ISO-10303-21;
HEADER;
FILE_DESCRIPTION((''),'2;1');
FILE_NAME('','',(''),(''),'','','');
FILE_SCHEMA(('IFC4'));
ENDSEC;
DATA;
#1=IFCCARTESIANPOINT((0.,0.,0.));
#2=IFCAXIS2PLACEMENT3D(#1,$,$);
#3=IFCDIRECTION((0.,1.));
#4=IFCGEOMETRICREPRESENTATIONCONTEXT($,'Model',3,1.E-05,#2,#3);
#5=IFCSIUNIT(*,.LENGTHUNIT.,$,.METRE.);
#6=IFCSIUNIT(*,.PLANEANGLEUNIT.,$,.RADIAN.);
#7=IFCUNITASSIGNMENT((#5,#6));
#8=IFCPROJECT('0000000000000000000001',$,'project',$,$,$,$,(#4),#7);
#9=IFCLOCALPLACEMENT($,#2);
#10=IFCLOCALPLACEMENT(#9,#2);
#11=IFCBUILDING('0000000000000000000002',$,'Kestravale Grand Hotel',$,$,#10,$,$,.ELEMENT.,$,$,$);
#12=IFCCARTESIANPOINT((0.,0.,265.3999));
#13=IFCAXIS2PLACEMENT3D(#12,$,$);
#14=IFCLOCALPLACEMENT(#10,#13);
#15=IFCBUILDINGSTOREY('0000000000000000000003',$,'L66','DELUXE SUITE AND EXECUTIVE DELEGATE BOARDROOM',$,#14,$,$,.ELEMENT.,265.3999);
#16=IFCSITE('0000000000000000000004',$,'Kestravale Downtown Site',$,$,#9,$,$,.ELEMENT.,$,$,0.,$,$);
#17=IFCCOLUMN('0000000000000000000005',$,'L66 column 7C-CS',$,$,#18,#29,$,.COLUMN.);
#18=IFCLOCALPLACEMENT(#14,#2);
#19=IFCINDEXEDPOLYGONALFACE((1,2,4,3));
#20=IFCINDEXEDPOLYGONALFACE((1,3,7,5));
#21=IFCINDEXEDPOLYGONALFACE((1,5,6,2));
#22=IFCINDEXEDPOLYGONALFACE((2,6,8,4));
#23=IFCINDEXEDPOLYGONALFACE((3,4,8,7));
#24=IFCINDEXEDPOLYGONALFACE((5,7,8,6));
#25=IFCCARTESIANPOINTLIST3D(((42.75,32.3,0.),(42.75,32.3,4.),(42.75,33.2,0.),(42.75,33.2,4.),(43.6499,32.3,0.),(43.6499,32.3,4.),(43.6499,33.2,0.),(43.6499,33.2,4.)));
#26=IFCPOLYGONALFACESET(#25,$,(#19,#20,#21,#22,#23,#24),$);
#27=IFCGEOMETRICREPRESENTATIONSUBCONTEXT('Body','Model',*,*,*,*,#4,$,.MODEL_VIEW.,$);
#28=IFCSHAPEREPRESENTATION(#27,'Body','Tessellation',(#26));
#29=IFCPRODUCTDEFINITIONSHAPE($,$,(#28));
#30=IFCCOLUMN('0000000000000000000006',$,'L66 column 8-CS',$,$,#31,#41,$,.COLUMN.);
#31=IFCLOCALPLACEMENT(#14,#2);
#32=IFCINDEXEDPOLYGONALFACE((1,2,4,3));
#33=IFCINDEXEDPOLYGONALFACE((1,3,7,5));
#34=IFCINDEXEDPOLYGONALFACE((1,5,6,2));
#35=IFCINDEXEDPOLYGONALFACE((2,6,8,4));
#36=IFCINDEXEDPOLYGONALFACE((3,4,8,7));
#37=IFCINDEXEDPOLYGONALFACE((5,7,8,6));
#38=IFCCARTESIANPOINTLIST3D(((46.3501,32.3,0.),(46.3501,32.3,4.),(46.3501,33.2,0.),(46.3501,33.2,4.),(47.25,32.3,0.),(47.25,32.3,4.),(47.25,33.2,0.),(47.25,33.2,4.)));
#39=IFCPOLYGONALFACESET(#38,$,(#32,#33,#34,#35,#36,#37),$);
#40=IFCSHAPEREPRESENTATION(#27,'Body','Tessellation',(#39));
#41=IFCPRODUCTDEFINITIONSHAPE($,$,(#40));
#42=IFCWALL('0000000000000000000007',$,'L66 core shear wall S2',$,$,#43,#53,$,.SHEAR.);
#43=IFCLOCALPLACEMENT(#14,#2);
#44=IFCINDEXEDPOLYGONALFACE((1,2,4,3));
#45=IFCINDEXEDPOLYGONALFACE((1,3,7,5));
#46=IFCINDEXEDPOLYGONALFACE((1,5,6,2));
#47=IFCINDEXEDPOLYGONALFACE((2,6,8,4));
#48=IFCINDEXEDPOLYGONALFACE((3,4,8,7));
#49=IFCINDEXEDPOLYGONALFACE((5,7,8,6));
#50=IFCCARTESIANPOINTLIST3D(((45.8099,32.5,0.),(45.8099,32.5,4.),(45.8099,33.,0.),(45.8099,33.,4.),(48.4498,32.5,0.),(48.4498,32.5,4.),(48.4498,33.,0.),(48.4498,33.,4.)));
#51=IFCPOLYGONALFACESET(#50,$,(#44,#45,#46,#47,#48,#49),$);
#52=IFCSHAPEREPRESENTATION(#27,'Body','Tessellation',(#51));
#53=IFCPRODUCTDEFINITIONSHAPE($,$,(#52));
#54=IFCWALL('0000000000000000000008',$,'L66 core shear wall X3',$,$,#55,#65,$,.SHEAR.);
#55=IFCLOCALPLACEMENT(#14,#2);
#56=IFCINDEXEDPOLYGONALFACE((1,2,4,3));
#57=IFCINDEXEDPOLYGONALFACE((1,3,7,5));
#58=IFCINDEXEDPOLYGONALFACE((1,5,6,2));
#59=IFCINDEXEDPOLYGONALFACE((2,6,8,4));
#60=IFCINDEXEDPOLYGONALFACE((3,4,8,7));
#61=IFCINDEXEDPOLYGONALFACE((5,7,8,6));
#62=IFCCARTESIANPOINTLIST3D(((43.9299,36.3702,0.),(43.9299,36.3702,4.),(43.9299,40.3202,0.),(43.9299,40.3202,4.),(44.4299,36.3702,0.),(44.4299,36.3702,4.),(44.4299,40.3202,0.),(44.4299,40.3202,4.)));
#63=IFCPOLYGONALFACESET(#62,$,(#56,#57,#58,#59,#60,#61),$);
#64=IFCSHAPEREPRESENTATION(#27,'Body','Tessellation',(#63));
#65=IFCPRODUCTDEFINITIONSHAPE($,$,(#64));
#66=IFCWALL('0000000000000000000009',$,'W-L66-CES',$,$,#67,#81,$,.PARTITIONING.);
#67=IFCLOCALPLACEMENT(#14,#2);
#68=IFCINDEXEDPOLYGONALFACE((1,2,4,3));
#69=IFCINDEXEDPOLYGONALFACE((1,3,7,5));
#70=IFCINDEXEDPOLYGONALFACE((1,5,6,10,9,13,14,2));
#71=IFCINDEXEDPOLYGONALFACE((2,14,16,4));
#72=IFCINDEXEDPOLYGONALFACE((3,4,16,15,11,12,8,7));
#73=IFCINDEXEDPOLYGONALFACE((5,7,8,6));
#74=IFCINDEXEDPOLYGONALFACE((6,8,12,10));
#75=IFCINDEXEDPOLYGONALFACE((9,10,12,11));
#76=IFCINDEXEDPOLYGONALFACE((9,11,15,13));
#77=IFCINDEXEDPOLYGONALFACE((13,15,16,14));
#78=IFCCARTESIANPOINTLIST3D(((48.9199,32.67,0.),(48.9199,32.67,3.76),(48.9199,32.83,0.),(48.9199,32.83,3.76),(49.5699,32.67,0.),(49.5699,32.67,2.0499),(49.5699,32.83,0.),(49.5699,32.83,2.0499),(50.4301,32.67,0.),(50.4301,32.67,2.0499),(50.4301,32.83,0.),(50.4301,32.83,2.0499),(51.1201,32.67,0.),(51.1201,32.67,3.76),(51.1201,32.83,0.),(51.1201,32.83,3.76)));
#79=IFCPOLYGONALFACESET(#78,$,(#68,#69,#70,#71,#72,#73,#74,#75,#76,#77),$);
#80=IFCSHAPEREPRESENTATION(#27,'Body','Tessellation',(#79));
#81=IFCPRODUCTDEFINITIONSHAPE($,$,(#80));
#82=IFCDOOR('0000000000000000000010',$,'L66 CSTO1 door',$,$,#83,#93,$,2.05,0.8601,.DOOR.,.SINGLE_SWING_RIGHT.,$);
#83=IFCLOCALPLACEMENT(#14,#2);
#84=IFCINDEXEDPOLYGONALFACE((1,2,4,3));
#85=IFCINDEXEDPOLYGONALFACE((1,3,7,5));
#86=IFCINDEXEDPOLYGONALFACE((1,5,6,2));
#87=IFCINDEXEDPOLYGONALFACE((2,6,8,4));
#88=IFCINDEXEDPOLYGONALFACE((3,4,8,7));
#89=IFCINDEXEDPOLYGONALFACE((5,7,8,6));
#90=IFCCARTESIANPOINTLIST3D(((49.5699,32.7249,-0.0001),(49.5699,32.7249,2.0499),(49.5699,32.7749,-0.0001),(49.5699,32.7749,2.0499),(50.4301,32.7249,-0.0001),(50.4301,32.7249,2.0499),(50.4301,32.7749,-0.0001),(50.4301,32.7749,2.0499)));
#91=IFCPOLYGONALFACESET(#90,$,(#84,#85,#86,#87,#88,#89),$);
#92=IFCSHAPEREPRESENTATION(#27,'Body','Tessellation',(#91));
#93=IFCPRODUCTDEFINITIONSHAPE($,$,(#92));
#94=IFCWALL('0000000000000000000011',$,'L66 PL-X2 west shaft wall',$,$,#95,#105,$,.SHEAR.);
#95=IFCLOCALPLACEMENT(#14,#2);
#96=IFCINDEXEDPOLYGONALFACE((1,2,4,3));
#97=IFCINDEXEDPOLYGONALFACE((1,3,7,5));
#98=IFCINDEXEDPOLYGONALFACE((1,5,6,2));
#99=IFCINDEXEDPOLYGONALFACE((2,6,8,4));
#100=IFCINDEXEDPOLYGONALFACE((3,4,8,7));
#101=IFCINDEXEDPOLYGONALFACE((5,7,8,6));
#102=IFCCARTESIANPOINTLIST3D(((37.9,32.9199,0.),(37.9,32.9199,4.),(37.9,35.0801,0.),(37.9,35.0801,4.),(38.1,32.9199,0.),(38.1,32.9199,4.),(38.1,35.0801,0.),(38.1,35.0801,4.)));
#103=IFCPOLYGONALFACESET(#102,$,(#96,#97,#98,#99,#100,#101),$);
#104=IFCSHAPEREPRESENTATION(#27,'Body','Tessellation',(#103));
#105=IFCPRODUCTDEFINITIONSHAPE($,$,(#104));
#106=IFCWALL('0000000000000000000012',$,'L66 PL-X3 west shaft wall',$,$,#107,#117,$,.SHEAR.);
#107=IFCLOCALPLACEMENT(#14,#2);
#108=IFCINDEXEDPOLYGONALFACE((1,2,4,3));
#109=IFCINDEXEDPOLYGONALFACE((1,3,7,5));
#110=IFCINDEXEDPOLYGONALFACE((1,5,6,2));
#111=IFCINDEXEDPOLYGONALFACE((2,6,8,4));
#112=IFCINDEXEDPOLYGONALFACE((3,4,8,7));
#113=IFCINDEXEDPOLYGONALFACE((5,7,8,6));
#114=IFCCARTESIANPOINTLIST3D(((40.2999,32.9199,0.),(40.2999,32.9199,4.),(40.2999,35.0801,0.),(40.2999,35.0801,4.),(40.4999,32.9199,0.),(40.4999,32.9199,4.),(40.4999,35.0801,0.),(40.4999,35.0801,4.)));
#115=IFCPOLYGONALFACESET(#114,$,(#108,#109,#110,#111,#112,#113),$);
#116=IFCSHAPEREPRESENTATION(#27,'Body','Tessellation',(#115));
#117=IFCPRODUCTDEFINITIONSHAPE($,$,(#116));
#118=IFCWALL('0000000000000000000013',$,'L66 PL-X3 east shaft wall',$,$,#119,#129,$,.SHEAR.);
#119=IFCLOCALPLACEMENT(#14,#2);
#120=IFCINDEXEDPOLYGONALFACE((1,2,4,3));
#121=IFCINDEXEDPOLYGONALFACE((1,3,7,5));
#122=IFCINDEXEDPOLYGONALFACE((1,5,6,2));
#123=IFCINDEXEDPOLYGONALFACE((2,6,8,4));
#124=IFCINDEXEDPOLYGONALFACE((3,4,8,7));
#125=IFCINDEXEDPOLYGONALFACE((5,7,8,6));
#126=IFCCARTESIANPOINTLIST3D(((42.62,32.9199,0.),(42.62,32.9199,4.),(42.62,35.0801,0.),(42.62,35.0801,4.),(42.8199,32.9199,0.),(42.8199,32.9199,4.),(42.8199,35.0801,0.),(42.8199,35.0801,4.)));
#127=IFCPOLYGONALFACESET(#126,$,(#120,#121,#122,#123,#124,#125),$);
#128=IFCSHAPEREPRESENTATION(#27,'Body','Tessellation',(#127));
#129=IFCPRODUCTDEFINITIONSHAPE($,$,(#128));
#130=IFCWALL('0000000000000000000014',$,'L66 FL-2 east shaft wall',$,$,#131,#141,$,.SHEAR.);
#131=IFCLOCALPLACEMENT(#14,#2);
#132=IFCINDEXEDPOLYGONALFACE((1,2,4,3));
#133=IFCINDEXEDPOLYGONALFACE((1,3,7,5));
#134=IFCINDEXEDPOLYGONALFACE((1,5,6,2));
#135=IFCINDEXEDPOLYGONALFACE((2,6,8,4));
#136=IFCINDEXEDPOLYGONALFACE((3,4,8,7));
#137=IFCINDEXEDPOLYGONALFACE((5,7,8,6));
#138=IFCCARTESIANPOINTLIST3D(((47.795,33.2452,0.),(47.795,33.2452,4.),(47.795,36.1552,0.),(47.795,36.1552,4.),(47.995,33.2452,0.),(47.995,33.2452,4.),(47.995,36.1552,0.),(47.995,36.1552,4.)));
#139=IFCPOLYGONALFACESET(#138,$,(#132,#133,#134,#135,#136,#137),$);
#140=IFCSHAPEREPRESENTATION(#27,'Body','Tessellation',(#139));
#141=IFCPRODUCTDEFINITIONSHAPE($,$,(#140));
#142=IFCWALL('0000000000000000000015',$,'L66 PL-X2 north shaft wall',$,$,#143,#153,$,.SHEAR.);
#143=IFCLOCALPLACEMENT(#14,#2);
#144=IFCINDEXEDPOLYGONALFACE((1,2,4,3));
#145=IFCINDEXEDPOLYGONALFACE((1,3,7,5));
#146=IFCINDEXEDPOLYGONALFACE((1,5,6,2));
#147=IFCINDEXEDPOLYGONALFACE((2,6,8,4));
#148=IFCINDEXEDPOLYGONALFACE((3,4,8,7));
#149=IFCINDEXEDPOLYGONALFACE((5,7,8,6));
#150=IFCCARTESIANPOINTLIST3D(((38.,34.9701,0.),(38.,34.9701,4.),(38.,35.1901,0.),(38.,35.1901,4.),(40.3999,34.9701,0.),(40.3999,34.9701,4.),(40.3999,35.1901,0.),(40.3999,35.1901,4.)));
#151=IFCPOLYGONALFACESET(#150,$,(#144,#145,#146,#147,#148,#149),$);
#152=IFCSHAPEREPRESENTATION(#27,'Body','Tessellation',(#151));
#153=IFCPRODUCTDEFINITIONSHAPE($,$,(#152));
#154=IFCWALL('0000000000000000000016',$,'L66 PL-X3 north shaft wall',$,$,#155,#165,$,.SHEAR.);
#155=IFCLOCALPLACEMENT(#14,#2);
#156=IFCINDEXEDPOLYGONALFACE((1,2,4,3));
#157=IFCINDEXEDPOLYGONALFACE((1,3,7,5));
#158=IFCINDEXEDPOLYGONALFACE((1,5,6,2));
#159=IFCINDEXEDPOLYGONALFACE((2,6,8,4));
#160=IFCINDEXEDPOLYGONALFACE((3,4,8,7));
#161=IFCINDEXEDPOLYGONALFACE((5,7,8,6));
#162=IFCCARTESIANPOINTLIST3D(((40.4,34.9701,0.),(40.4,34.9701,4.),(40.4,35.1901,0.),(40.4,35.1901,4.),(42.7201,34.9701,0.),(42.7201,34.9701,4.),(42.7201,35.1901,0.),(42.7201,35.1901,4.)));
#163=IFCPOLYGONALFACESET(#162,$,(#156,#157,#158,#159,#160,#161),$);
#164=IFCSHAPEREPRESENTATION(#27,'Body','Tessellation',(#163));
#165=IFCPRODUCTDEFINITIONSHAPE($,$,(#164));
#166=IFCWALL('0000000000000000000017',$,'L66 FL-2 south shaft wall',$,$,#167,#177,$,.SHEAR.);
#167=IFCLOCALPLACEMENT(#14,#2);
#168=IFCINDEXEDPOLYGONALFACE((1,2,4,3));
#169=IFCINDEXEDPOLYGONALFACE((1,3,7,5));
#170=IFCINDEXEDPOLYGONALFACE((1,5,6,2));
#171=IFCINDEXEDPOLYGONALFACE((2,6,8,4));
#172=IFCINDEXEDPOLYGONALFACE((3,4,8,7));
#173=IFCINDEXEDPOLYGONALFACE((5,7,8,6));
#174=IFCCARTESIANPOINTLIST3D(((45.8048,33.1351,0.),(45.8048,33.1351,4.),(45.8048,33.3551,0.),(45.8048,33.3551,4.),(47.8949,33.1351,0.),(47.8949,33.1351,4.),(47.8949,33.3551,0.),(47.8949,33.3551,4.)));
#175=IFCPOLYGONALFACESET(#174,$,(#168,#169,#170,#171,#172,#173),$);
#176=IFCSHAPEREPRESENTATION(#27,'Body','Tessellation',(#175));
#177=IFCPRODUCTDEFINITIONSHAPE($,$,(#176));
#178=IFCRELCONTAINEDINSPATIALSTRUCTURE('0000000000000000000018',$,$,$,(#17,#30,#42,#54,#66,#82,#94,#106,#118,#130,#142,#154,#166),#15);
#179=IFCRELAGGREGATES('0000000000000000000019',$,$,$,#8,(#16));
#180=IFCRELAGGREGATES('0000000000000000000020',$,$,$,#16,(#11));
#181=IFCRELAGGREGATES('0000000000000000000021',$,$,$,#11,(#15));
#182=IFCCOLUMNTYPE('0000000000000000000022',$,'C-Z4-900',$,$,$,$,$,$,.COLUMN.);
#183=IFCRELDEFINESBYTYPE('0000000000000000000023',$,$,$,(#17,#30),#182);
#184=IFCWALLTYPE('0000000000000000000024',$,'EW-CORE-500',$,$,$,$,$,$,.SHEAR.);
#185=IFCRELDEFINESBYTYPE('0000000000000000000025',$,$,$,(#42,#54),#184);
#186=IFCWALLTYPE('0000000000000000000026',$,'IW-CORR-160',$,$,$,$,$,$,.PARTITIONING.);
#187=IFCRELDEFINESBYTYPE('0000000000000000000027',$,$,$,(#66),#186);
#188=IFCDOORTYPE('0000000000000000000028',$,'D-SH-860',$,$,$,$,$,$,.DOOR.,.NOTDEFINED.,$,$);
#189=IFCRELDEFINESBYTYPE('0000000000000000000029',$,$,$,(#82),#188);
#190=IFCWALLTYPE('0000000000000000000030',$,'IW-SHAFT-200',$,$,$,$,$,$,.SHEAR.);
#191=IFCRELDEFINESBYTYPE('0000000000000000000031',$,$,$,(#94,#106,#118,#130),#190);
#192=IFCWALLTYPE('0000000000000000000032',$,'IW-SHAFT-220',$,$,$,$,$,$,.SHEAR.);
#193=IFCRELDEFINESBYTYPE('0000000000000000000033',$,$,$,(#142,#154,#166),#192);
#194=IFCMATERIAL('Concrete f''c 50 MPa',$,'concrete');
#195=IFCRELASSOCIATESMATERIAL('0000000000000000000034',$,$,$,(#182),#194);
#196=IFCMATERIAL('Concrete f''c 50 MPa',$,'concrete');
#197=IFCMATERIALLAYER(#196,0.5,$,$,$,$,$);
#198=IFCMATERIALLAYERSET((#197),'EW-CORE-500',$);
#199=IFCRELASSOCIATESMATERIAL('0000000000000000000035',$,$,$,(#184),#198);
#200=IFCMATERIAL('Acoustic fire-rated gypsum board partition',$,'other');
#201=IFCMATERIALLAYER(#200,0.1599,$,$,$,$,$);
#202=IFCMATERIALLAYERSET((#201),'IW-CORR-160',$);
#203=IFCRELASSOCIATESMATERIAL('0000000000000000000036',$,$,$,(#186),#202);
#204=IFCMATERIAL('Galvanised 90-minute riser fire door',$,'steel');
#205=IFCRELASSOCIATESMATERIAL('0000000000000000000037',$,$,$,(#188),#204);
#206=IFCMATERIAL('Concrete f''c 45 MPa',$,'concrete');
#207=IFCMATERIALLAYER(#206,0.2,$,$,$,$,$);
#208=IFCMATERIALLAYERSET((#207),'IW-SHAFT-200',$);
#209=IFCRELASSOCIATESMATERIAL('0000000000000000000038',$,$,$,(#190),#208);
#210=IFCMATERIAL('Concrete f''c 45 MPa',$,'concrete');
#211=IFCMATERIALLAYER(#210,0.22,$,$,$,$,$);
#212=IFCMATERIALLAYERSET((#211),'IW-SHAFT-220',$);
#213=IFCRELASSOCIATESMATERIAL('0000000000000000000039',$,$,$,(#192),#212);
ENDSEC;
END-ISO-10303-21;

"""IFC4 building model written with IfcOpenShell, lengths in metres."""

from ifc_helpers import new_model, si_unit, direction, frame, frame_2d, origin, origin_2d, place, context, subcontext, project, spatial, rectangle, extrude, material, layer, layer_set, material_profile, profile_set, type_object, element, fill, save


model = new_model("IFC4")

# Units and contexts
model_context = context("Model", 3, precision=1e-05, world=origin(), true_north=direction((0.0, 1.0)))
body_context = subcontext(model_context, "Body", "Model", "MODEL_VIEW")
ifc_project = project(units=[si_unit("LENGTHUNIT", "METRE"), si_unit("PLANEANGLEUNIT", "RADIAN")], contexts=[model_context])

# Site, building, storey
site_placement = place(None, origin())
site = spatial("IfcSite", under=ifc_project, at=site_placement, Name="Kestravale Downtown Site", CompositionType="ELEMENT", RefElevation=0.0)
building_placement = place(site_placement, origin())
building = spatial("IfcBuilding", under=site, at=building_placement, Name="Kestravale Grand Hotel", CompositionType="ELEMENT")
storey_placement = place(building_placement, frame((0.0, 0.0, 265.3999)))
storey = spatial("IfcBuildingStorey", under=building, at=storey_placement, Name="L66", Description="DELUXE SUITE AND EXECUTIVE DELEGATE BOARDROOM", CompositionType="ELEMENT", Elevation=265.3999)

# Columns
ifc_material_1 = material(Name="Concrete f'c 50 MPa", Category="concrete")
ifc_material_profile = material_profile(ifc_material_1, rectangle(XDim=0.8999, YDim=0.8999, at=origin_2d()))
ifc_profile_set = profile_set([ifc_material_profile], Name="Concrete f'c 50 MPa")
column_type = type_object("IfcColumnType", Name="C-Z4-900", PredefinedType="COLUMN", material=ifc_profile_set)
for number, where, z_axis, x_axis, name in (
    (1, (43.2, 32.75, 0.0), (0.0, 0.0, 1.0), (1.0, 0.0, 0.0), "L66 column 7C-CS"),
    (2, (46.8, 32.75, 0.0), (0.0, 0.0, 1.0), (1.0, 0.0, 0.0), "L66 column 8-CS"),
):
    element("IfcColumn", number, at=place(storey_placement, frame(where, z_axis=z_axis, x_axis=x_axis)), inside=storey, type_object=column_type, Name=name, PredefinedType="COLUMN", context=body_context, shape_type="SweptSolid", body=[
        extrude(rectangle(XDim=0.8999, YDim=0.8999, at=origin_2d()), origin(), (0.0, 0.0, 1.0), 4.0),
    ])

# Walls
ifc_material_2 = material(Name="Concrete f'c 50 MPa", Category="concrete")
ifc_layer_1 = layer(ifc_material_2, 0.5)
ifc_layer_set_1 = layer_set([ifc_layer_1], Name="EW-CORE-500")
wall_type_1 = type_object("IfcWallType", Name="EW-CORE-500", PredefinedType="SHEAR", material=ifc_layer_set_1)
wall_1_placement = place(storey_placement, frame((45.8101, 32.75, 0.0), z_axis=(0.0, 0.0, 1.0), x_axis=(1.0, 0.0, 0.0)))
element("IfcWall", 3, at=wall_1_placement, inside=storey, type_object=wall_type_1, Name="L66 core shear wall S2", PredefinedType="SHEAR", context=body_context, shape_type="SweptSolid", body=[
    extrude(rectangle(XDim=2.6399, YDim=0.5, at=frame_2d((1.3198, 0.0))), origin(), (0.0, 0.0, 1.0), 4.0),
])
wall_2_placement = place(storey_placement, frame((44.1799, 36.3701, 0.0), z_axis=(0.0, 0.0, 1.0), x_axis=(0.0, 1.0, 0.0)))
element("IfcWall", 4, at=wall_2_placement, inside=storey, type_object=wall_type_1, Name="L66 core shear wall X3", PredefinedType="SHEAR", context=body_context, shape_type="SweptSolid", body=[
    extrude(rectangle(XDim=3.95, YDim=0.5, at=frame_2d((1.9751, 0.0))), origin(), (0.0, 0.0, 1.0), 4.0),
])

# Wall, opening, door
ifc_material_3 = material(Name="Acoustic fire-rated gypsum board partition", Category="other")
ifc_layer_2 = layer(ifc_material_3, 0.1599)
ifc_layer_set_2 = layer_set([ifc_layer_2], Name="IW-CORR-160")
wall_type_2 = type_object("IfcWallType", Name="IW-CORR-160", PredefinedType="PARTITIONING", material=ifc_layer_set_2)
wall_3_placement = place(storey_placement, frame((48.9199, 32.75, 0.0), z_axis=(0.0, 0.0, 1.0), x_axis=(1.0, 0.0, 0.0)))
wall_3 = element("IfcWall", 5, at=wall_3_placement, inside=storey, type_object=wall_type_2, Name="W-L66-CES", PredefinedType="PARTITIONING", context=body_context, shape_type="SweptSolid", body=[
    extrude(rectangle(XDim=2.2002, YDim=0.1599, at=frame_2d((1.1001, 0.0))), origin(), (0.0, 0.0, 1.0), 3.76),
])
opening_1_placement = place(wall_3_placement, frame((0.6499, 0.0, 0.0)))
opening_1 = element("IfcOpeningElement", 6, at=opening_1_placement, cuts=wall_3, PredefinedType="OPENING", context=body_context, shape_type="SweptSolid", body=[
    extrude(rectangle(XDim=0.8601, YDim=2.05, at=frame_2d((0.4302, 1.0249))), frame((0.0, 0.0898, 0.0), z_axis=(0.0, -1.0, 0.0), x_axis=(1.0, 0.0, 0.0)), (0.0, 0.0, 1.0), 0.1799),
])
ifc_material_4 = material(Name="Galvanised 90-minute riser fire door", Category="steel")
door_type_1 = type_object("IfcDoorType", Name="D-SH-860", OperationType="NOTDEFINED", PredefinedType="DOOR", material=ifc_material_4)
door_1_placement = place(opening_1_placement, origin())
door_1 = element("IfcDoor", 7, at=door_1_placement, inside=storey, type_object=door_type_1, Name="L66 CSTO1 door", OperationType="SINGLE_SWING_RIGHT", OverallHeight=2.05, OverallWidth=0.8601, PredefinedType="DOOR", context=body_context, shape_type="SweptSolid", body=[
    extrude(rectangle(XDim=0.8601, YDim=2.05, at=frame_2d((0.4302, 1.0249))), frame((0.0, 0.0249, 0.0), z_axis=(0.0, -1.0, 0.0), x_axis=(1.0, 0.0, 0.0)), (0.0, 0.0, 1.0), 0.05),
])
fill(opening_1, door_1)

# Walls
ifc_material_5 = material(Name="Concrete f'c 45 MPa", Category="concrete")
ifc_layer_3 = layer(ifc_material_5, 0.2)
ifc_layer_set_3 = layer_set([ifc_layer_3], Name="IW-SHAFT-200")
wall_type_3 = type_object("IfcWallType", Name="IW-SHAFT-200", PredefinedType="SHEAR", material=ifc_layer_set_3)
for number, where, z_axis, x_axis, name in (
    (8, (38.0, 32.9199, 0.0), (0.0, 0.0, 1.0), (0.0, 1.0, 0.0), "L66 PL-X2 west shaft wall"),
    (9, (40.3999, 32.9199, 0.0), (0.0, 0.0, 1.0), (0.0, 1.0, 0.0), "L66 PL-X3 west shaft wall"),
    (10, (42.72, 32.9199, 0.0), (0.0, 0.0, 1.0), (0.0, 1.0, 0.0), "L66 PL-X3 east shaft wall"),
):
    element("IfcWall", number, at=place(storey_placement, frame(where, z_axis=z_axis, x_axis=x_axis)), inside=storey, type_object=wall_type_3, Name=name, PredefinedType="SHEAR", context=body_context, shape_type="SweptSolid", body=[
        extrude(rectangle(XDim=2.1602, YDim=0.2, at=frame_2d((1.0801, 0.0))), origin(), (0.0, 0.0, 1.0), 4.0),
    ])
wall_4_placement = place(storey_placement, frame((47.895, 33.2451, 0.0), z_axis=(0.0, 0.0, 1.0), x_axis=(0.0, 1.0, 0.0)))
element("IfcWall", 11, at=wall_4_placement, inside=storey, type_object=wall_type_3, Name="L66 FL-2 east shaft wall", PredefinedType="SHEAR", context=body_context, shape_type="SweptSolid", body=[
    extrude(rectangle(XDim=2.9099, YDim=0.2, at=frame_2d((1.4551, 0.0))), origin(), (0.0, 0.0, 1.0), 4.0),
])
ifc_material_6 = material(Name="Concrete f'c 45 MPa", Category="concrete")
ifc_layer_4 = layer(ifc_material_6, 0.22)
ifc_layer_set_4 = layer_set([ifc_layer_4], Name="IW-SHAFT-220")
wall_type_4 = type_object("IfcWallType", Name="IW-SHAFT-220", PredefinedType="SHEAR", material=ifc_layer_set_4)
wall_5_placement = place(storey_placement, frame((38.0, 35.0801, 0.0), z_axis=(0.0, 0.0, 1.0), x_axis=(1.0, 0.0, 0.0)))
element("IfcWall", 12, at=wall_5_placement, inside=storey, type_object=wall_type_4, Name="L66 PL-X2 north shaft wall", PredefinedType="SHEAR", context=body_context, shape_type="SweptSolid", body=[
    extrude(rectangle(XDim=2.3999, YDim=0.22, at=frame_2d((1.2, 0.0))), origin(), (0.0, 0.0, 1.0), 4.0),
])

# Wall
wall_6_placement = place(storey_placement, frame((40.3999, 35.0801, 0.0), z_axis=(0.0, 0.0, 1.0), x_axis=(1.0, 0.0, 0.0)))
element("IfcWall", 13, at=wall_6_placement, inside=storey, type_object=wall_type_4, Name="L66 PL-X3 north shaft wall", PredefinedType="SHEAR", context=body_context, shape_type="SweptSolid", body=[
    extrude(rectangle(XDim=2.3201, YDim=0.22, at=frame_2d((1.1602, 0.0))), origin(), (0.0, 0.0, 1.0), 4.0),
])

# Wall
wall_7_placement = place(storey_placement, frame((45.8049, 33.2451, 0.0), z_axis=(0.0, 0.0, 1.0), x_axis=(1.0, 0.0, 0.0)))
element("IfcWall", 14, at=wall_7_placement, inside=storey, type_object=wall_type_4, Name="L66 FL-2 south shaft wall", PredefinedType="SHEAR", context=body_context, shape_type="SweptSolid", body=[
    extrude(rectangle(XDim=2.0901, YDim=0.22, at=frame_2d((1.0449, 0.0))), origin(), (0.0, 0.0, 1.0), 4.0),
])

save(model, "model.ifc")
